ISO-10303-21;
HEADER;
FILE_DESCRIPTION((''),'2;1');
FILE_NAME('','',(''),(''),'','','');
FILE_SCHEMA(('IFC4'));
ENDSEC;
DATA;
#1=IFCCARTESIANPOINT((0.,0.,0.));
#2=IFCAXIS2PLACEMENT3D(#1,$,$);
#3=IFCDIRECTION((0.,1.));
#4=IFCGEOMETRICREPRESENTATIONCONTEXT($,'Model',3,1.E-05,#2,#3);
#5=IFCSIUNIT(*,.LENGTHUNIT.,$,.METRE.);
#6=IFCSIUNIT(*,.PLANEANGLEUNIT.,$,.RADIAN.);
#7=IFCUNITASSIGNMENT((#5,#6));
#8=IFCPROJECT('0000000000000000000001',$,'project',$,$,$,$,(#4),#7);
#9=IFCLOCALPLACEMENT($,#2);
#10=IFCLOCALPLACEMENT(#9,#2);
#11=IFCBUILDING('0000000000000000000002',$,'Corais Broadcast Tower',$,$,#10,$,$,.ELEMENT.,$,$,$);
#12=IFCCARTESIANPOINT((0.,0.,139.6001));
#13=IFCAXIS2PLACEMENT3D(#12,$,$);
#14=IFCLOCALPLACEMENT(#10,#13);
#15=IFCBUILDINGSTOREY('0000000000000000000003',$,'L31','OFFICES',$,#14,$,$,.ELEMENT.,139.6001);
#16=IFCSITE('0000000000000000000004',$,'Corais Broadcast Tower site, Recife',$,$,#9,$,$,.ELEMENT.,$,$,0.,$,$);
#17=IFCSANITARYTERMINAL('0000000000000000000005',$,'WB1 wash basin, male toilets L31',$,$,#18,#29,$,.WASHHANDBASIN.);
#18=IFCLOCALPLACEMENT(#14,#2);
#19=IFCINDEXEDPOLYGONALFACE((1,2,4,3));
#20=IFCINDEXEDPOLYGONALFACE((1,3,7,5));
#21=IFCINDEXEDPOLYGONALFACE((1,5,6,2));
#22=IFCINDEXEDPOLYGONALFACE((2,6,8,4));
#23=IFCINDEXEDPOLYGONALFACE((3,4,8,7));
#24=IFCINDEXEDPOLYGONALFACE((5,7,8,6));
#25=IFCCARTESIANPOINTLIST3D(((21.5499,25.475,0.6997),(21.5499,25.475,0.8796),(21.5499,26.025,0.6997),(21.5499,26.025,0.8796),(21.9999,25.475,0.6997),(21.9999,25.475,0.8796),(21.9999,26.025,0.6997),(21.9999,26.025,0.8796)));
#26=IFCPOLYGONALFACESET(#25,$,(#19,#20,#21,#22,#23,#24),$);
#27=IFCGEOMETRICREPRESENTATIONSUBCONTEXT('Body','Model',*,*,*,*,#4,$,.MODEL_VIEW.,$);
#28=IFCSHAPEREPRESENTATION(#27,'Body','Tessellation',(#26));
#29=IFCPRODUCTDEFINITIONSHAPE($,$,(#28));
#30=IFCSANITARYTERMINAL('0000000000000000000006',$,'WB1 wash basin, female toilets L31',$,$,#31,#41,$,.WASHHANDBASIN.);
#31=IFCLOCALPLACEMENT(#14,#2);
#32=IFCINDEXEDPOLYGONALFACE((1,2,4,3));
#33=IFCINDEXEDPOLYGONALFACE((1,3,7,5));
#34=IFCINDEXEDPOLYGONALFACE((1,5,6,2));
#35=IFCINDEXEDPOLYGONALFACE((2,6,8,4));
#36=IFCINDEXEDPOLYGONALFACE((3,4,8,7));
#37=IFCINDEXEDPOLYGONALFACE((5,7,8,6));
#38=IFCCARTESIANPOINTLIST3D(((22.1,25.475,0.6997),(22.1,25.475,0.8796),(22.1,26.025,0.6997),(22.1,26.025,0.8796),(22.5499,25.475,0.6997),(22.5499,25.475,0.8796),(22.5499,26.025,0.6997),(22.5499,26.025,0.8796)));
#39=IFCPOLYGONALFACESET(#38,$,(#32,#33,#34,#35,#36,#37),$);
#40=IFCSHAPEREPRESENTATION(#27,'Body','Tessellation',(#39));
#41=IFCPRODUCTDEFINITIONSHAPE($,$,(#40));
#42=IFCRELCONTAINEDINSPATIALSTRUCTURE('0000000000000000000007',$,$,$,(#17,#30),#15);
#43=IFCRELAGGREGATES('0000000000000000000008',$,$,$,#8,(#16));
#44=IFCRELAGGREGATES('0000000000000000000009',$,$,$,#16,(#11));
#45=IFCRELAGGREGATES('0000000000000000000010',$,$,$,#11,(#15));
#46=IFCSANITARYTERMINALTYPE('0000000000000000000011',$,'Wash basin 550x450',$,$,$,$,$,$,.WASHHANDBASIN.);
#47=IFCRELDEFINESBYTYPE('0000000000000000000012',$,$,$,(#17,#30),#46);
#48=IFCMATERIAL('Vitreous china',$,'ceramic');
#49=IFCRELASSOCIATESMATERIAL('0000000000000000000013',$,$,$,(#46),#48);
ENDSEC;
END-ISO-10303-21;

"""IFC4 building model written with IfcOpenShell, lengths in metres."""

from ifc_helpers import new_model, si_unit, direction, frame, origin, origin_2d, place, context, subcontext, project, spatial, rectangle, extrude, material, type_object, element, save


model = new_model("IFC4")

# Units and contexts
model_context = context("Model", 3, precision=1e-05, world=origin(), true_north=direction((0.0, 1.0)))
body_context = subcontext(model_context, "Body", "Model", "MODEL_VIEW")
ifc_project = project(units=[si_unit("LENGTHUNIT", "METRE"), si_unit("PLANEANGLEUNIT", "RADIAN")], contexts=[model_context])

# Site, building, storey
site_placement = place(None, origin())
site = spatial("IfcSite", under=ifc_project, at=site_placement, Name="Corais Broadcast Tower site, Recife", CompositionType="ELEMENT", RefElevation=0.0)
building_placement = place(site_placement, origin())
building = spatial("IfcBuilding", under=site, at=building_placement, Name="Corais Broadcast Tower", CompositionType="ELEMENT")
storey_placement = place(building_placement, frame((0.0, 0.0, 139.6001)))
storey = spatial("IfcBuildingStorey", under=building, at=storey_placement, Name="L31", Description="OFFICES", CompositionType="ELEMENT", Elevation=139.6001)

# Sanitary terminals
ifc_material_1 = material(Name="Vitreous china", Category="ceramic")
sanitary_terminal_type_1 = type_object("IfcSanitaryTerminalType", Name="Wash basin 550x450", PredefinedType="WASHHANDBASIN", material=ifc_material_1)
for number, where, z_axis, x_axis, name in (
    (1, (21.7749, 25.75, 0.6997), (0.0, 0.0, 1.0), (1.0, 0.0, 0.0), "WB1 wash basin, male toilets L31"),
    (2, (22.325, 25.75, 0.6997), (0.0, 0.0, 1.0), (1.0, 0.0, 0.0), "WB1 wash basin, female toilets L31"),
):
    element("IfcSanitaryTerminal", number, at=place(storey_placement, frame(where, z_axis=z_axis, x_axis=x_axis)), inside=storey, type_object=sanitary_terminal_type_1, Name=name, PredefinedType="WASHHANDBASIN", context=body_context, shape_type="SweptSolid", body=[
        extrude(rectangle(XDim=0.45, YDim=0.55, at=origin_2d()), origin(), (0.0, 0.0, 1.0), 0.1799),
    ])

save(model, "model.ifc")
